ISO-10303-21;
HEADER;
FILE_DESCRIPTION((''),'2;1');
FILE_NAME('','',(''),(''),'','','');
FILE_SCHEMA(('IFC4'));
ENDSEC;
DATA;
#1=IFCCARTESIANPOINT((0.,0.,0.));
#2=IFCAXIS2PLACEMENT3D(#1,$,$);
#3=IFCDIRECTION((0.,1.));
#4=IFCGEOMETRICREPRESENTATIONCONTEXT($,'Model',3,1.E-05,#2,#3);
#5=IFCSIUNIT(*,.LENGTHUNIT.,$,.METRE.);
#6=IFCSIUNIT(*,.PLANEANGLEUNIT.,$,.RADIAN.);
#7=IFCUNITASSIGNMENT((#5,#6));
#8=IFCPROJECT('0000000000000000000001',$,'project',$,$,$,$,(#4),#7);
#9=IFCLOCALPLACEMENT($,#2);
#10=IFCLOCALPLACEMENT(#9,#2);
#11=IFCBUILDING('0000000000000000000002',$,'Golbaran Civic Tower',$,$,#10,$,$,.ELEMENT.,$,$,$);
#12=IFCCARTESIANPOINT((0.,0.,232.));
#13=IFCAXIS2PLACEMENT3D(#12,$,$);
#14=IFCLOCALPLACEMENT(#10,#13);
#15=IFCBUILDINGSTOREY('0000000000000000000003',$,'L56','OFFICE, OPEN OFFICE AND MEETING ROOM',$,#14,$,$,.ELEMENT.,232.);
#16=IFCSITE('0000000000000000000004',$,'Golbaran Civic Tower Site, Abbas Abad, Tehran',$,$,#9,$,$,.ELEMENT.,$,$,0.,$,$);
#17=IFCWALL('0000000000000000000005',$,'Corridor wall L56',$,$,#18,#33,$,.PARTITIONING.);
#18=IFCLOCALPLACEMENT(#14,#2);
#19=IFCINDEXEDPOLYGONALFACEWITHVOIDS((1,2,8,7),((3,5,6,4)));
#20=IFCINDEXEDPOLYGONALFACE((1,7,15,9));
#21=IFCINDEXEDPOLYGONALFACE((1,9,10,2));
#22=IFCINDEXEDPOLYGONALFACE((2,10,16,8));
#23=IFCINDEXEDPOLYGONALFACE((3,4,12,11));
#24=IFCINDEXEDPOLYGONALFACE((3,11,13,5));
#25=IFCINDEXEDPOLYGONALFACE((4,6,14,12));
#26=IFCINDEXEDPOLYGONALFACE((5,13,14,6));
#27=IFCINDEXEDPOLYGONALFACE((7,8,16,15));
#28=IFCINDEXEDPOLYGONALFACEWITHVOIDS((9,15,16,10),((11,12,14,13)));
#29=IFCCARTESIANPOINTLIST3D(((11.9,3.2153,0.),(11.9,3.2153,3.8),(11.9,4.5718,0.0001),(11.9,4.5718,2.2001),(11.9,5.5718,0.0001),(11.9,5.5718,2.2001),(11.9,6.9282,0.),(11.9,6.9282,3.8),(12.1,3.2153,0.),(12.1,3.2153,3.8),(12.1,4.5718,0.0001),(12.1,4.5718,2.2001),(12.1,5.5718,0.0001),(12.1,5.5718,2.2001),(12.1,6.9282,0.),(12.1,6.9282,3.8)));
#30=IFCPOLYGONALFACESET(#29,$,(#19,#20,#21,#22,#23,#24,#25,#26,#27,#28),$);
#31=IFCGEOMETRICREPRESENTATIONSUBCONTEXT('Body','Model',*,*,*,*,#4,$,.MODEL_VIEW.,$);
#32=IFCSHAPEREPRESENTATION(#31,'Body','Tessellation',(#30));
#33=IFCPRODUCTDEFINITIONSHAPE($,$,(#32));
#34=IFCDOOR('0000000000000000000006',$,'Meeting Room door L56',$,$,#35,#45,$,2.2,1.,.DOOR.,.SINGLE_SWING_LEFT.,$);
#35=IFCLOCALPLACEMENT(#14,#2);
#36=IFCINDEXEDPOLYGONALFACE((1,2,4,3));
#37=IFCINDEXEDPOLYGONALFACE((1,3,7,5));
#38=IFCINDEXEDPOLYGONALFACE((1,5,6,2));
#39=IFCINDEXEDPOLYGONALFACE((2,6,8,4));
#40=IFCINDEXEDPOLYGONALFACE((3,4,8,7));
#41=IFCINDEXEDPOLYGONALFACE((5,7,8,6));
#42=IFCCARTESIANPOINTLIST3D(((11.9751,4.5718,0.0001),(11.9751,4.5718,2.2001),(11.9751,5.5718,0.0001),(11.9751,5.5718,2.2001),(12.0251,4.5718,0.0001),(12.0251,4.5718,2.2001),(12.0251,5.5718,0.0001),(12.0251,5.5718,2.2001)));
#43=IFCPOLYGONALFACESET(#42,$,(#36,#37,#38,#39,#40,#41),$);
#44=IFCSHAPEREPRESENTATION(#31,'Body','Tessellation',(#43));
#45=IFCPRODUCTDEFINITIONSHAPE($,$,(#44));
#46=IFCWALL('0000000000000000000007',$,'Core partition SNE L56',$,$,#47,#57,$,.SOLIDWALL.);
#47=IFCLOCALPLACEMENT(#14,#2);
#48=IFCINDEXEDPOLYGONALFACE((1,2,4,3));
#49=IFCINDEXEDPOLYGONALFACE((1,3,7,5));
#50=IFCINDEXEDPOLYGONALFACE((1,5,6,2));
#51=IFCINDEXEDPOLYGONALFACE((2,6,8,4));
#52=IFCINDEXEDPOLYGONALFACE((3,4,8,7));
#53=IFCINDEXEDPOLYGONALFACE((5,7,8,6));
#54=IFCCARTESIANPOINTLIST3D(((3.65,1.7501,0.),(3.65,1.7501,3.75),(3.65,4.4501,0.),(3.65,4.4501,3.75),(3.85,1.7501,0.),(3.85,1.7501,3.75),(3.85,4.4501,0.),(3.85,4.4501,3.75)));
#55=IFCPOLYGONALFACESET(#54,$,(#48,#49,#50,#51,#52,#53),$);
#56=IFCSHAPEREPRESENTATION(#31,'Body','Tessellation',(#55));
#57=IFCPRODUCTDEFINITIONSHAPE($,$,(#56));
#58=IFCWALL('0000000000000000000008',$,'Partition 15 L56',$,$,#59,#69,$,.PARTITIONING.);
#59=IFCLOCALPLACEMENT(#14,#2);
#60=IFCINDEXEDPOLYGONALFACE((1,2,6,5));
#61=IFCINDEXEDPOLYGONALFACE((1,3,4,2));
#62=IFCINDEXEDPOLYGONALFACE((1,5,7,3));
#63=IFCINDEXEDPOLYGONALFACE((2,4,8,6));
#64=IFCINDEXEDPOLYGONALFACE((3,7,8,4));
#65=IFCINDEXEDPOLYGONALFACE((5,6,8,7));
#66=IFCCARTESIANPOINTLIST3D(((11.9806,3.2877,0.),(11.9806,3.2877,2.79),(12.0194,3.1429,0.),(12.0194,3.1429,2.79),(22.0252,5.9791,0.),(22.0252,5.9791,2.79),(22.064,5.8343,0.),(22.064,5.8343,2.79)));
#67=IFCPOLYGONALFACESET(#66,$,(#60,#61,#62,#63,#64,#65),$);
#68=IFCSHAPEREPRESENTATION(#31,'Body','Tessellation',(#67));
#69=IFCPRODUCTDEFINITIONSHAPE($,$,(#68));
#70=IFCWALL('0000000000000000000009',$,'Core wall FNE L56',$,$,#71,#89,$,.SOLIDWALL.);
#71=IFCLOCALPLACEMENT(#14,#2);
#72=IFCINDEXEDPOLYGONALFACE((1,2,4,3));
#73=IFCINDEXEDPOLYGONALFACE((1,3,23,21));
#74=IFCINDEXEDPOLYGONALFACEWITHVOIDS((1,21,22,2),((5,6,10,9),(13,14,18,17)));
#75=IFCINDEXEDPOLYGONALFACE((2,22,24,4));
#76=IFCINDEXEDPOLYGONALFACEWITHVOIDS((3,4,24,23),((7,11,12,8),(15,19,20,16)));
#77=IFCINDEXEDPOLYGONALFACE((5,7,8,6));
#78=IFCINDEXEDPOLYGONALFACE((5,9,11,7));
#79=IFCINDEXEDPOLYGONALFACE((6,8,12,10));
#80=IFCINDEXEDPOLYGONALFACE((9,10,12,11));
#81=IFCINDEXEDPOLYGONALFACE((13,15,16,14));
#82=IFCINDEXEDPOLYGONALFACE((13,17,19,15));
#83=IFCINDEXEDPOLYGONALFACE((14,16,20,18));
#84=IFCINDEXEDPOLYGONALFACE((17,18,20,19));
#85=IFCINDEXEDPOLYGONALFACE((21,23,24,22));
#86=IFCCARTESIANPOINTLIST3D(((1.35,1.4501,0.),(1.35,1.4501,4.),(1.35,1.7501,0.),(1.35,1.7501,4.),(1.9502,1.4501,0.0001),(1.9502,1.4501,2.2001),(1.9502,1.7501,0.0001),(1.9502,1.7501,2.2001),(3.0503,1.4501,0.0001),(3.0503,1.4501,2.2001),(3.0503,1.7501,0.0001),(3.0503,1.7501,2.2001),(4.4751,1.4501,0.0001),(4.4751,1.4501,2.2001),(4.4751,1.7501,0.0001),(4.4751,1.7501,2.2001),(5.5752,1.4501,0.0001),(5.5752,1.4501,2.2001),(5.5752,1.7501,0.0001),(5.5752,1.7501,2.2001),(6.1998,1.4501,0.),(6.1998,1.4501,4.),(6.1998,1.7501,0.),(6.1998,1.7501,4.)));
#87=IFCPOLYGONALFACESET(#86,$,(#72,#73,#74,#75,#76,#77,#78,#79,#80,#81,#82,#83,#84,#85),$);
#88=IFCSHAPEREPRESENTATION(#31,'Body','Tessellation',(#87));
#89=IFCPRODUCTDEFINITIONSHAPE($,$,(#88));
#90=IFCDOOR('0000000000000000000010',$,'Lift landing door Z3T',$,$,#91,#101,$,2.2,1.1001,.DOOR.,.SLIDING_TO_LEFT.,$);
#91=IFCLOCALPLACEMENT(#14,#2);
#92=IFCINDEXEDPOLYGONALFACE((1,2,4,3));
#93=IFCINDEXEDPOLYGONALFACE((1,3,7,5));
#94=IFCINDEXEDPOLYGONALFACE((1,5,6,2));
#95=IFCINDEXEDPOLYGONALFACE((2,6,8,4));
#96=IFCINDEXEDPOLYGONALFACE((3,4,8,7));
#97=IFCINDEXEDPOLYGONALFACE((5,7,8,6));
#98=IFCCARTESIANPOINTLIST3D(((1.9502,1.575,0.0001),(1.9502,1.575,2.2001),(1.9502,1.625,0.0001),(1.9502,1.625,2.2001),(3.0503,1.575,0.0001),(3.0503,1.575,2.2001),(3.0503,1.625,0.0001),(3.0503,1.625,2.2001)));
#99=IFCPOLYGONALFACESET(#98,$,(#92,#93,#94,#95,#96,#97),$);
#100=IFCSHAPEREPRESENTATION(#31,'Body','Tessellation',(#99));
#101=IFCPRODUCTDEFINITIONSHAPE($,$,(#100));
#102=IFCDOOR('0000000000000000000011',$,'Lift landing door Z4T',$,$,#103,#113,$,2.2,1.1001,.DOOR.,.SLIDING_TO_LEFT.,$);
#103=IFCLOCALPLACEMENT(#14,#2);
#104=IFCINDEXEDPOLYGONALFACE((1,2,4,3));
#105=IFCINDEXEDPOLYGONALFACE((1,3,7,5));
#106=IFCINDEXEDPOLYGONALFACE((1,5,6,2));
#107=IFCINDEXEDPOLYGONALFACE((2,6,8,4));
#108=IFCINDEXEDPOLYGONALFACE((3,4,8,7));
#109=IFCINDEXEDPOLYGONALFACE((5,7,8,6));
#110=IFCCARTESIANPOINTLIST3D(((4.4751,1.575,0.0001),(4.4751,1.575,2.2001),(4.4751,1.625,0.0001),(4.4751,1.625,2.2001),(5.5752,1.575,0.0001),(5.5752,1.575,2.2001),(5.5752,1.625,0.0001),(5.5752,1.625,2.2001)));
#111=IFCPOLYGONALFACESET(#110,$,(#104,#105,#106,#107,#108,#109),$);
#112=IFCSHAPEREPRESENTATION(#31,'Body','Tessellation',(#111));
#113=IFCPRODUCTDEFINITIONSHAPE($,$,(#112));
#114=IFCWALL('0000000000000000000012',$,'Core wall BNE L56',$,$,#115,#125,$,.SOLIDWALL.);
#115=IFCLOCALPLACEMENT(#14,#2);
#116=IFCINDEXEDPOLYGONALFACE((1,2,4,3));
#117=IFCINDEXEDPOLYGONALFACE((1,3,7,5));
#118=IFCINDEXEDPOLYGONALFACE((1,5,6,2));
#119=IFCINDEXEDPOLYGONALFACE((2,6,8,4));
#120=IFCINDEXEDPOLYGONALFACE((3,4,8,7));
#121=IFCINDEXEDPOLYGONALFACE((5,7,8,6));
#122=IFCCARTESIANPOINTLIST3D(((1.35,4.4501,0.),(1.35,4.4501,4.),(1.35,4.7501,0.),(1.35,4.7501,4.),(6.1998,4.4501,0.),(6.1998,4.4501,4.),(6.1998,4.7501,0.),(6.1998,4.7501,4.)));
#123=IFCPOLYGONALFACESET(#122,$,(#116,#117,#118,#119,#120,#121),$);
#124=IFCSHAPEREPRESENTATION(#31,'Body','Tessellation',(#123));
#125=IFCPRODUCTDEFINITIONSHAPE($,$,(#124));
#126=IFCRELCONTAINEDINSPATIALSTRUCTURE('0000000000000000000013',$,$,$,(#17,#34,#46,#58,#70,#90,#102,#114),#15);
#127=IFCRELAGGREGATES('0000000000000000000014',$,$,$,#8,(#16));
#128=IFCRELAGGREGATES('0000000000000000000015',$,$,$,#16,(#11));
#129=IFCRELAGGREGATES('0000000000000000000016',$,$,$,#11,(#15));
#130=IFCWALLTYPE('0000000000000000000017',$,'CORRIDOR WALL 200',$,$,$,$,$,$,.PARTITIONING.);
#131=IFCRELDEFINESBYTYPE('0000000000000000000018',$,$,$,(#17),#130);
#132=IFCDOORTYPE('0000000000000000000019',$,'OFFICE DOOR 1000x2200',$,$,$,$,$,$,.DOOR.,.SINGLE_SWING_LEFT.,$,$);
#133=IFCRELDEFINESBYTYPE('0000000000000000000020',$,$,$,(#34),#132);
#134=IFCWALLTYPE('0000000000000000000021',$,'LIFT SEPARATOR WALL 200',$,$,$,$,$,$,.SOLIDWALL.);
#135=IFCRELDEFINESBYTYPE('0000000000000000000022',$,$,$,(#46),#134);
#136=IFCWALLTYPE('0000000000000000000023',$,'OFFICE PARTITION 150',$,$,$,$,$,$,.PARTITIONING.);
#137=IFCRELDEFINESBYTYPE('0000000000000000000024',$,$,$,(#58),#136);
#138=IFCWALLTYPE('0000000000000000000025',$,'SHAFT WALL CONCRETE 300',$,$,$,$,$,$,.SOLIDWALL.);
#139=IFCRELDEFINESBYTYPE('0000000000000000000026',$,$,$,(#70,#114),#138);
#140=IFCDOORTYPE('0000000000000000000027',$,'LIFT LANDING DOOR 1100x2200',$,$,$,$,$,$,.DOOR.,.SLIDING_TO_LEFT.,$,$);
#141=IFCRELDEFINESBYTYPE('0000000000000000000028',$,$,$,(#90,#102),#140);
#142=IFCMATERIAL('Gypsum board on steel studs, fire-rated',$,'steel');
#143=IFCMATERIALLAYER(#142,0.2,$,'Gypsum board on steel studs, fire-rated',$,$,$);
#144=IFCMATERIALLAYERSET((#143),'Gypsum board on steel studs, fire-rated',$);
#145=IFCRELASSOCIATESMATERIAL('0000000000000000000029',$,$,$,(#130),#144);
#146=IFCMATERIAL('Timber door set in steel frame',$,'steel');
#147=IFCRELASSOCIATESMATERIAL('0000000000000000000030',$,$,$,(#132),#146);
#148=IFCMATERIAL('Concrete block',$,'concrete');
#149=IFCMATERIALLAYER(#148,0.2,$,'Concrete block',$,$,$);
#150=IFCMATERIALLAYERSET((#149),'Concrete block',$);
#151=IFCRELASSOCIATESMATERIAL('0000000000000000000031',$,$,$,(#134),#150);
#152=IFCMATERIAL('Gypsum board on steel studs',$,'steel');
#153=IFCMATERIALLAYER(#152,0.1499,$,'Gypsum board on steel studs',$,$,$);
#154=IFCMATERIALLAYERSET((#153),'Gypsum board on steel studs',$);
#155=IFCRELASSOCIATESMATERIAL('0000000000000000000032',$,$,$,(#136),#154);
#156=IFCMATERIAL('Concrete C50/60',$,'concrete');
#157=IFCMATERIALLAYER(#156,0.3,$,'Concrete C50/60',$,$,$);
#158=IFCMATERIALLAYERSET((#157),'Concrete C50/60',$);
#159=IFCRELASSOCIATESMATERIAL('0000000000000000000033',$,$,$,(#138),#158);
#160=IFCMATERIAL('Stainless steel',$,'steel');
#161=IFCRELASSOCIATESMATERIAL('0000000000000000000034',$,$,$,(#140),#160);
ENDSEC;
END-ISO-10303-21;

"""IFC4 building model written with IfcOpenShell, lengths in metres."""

from ifc_helpers import new_model, si_unit, direction, frame, frame_2d, origin, place, context, subcontext, project, spatial, rectangle, extrude, material, layer, layer_set, type_object, element, fill, save


model = new_model("IFC4")

# Units and contexts
model_context = context("Model", 3, precision=1e-05, world=origin(), true_north=direction((0.0, 1.0)))
body_context = subcontext(model_context, "Body", "Model", "MODEL_VIEW")
ifc_project = project(units=[si_unit("LENGTHUNIT", "METRE"), si_unit("PLANEANGLEUNIT", "RADIAN")], contexts=[model_context])

# Site, building, storey
site_placement = place(None, origin())
site = spatial("IfcSite", under=ifc_project, at=site_placement, Name="Golbaran Civic Tower Site, Abbas Abad, Tehran", CompositionType="ELEMENT", RefElevation=0.0)
building_placement = place(site_placement, origin())
building = spatial("IfcBuilding", under=site, at=building_placement, Name="Golbaran Civic Tower", CompositionType="ELEMENT")
storey_placement = place(building_placement, frame((0.0, 0.0, 232.0)))
storey = spatial("IfcBuildingStorey", under=building, at=storey_placement, Name="L56", Description="OFFICE, OPEN OFFICE AND MEETING ROOM", CompositionType="ELEMENT", Elevation=232.0)

# Shared definitions
ifc_material_1 = material(Name="Concrete block", Category="concrete")
ifc_material_2 = material(Name="Timber door set in steel frame", Category="steel")

# Wall, opening, door
ifc_material_3 = material(Name="Gypsum board on steel studs, fire-rated", Category="steel")
ifc_layer_1 = layer(ifc_material_3, 0.2, Name="Gypsum board on steel studs, fire-rated")
ifc_layer_set_1 = layer_set([ifc_layer_1], Name="Gypsum board on steel studs, fire-rated")
wall_type_1 = type_object("IfcWallType", Name="CORRIDOR WALL 200", PredefinedType="PARTITIONING", material=ifc_layer_set_1)
wall_1_placement = place(storey_placement, frame((12.0, 3.2153, 0.0), z_axis=(0.0, 0.0, 1.0), x_axis=(0.0, 1.0, 0.0)))
wall_1 = element("IfcWall", 1, at=wall_1_placement, inside=storey, type_object=wall_type_1, Name="Corridor wall L56", PredefinedType="PARTITIONING", context=body_context, shape_type="SweptSolid", body=[
    extrude(rectangle(XDim=3.7129, YDim=0.2, at=frame_2d((1.8564, 0.0))), origin(), (0.0, 0.0, 1.0), 3.8),
])
opening_1_placement = place(wall_1_placement, frame((1.3564, 0.0, 0.0)))
opening_1 = element("IfcOpeningElement", 2, at=opening_1_placement, cuts=wall_1, PredefinedType="OPENING", context=body_context, shape_type="SweptSolid", body=[
    extrude(rectangle(XDim=1.0, YDim=2.2, at=frame_2d((0.5, 1.1001))), frame((0.0, 0.1099, 0.0), z_axis=(0.0, -1.0, 0.0), x_axis=(1.0, 0.0, 0.0)), (0.0, 0.0, 1.0), 0.22),
])
door_type_1 = type_object("IfcDoorType", Name="OFFICE DOOR 1000x2200", OperationType="SINGLE_SWING_LEFT", PredefinedType="DOOR", material=ifc_material_2)
door_1_placement = place(opening_1_placement, origin())
door_1 = element("IfcDoor", 3, at=door_1_placement, inside=storey, type_object=door_type_1, Name="Meeting Room door L56", OperationType="SINGLE_SWING_LEFT", OverallHeight=2.2, OverallWidth=1.0, PredefinedType="DOOR", context=body_context, shape_type="SweptSolid", body=[
    extrude(rectangle(XDim=1.0, YDim=2.2, at=frame_2d((0.5, 1.1001))), frame((0.0, 0.0249, 0.0), z_axis=(0.0, -1.0, 0.0), x_axis=(1.0, 0.0, 0.0)), (0.0, 0.0, 1.0), 0.05),
])
fill(opening_1, door_1)

# Walls
ifc_layer_2 = layer(ifc_material_1, 0.2, Name="Concrete block")
ifc_layer_set_2 = layer_set([ifc_layer_2], Name="Concrete block")
wall_type_2 = type_object("IfcWallType", Name="LIFT SEPARATOR WALL 200", PredefinedType="SOLIDWALL", material=ifc_layer_set_2)
wall_2_placement = place(storey_placement, frame((3.75, 1.75, 0.0), z_axis=(0.0, 0.0, 1.0), x_axis=(0.0, 1.0, 0.0)))
element("IfcWall", 4, at=wall_2_placement, inside=storey, type_object=wall_type_2, Name="Core partition SNE L56", PredefinedType="SOLIDWALL", context=body_context, shape_type="SweptSolid", body=[
    extrude(rectangle(XDim=2.7, YDim=0.2, at=frame_2d((1.3501, 0.0))), origin(), (0.0, 0.0, 1.0), 3.75),
])
ifc_material_4 = material(Name="Gypsum board on steel studs", Category="steel")
ifc_layer_3 = layer(ifc_material_4, 0.1499, Name="Gypsum board on steel studs")
ifc_layer_set_3 = layer_set([ifc_layer_3], Name="Gypsum board on steel studs")
wall_type_3 = type_object("IfcWallType", Name="OFFICE PARTITION 150", PredefinedType="PARTITIONING", material=ifc_layer_set_3)
wall_3_placement = place(storey_placement, frame((12.0, 3.2153, 0.0), z_axis=(0.0, 0.0, 1.0), x_axis=(0.965927, 0.258814, 0.0)))
element("IfcWall", 5, at=wall_3_placement, inside=storey, type_object=wall_type_3, Name="Partition 15 L56", PredefinedType="PARTITIONING", context=body_context, shape_type="SweptSolid", body=[
    extrude(rectangle(XDim=10.3989, YDim=0.1499, at=frame_2d((5.1995, 0.0))), origin(), (0.0, 0.0, 1.0), 2.79),
])

# Wall, openings, doors
ifc_material_5 = material(Name="Concrete C50/60", Category="concrete")
ifc_layer_4 = layer(ifc_material_5, 0.3, Name="Concrete C50/60")
ifc_layer_set_4 = layer_set([ifc_layer_4], Name="Concrete C50/60")
wall_type_4 = type_object("IfcWallType", Name="SHAFT WALL CONCRETE 300", PredefinedType="SOLIDWALL", material=ifc_layer_set_4)
wall_4_placement = place(storey_placement, frame((1.3501, 1.6001, 0.0), z_axis=(0.0, 0.0, 1.0), x_axis=(1.0, 0.0, 0.0)))
wall_4 = element("IfcWall", 6, at=wall_4_placement, inside=storey, type_object=wall_type_4, Name="Core wall FNE L56", PredefinedType="SOLIDWALL", context=body_context, shape_type="SweptSolid", body=[
    extrude(rectangle(XDim=4.8499, YDim=0.3, at=frame_2d((2.4248, 0.0))), origin(), (0.0, 0.0, 1.0), 4.0),
])
opening_2_placement = place(wall_4_placement, frame((0.6001, 0.0, 0.0)))
opening_2 = element("IfcOpeningElement", 7, at=opening_2_placement, cuts=wall_4, PredefinedType="OPENING", context=body_context, shape_type="SweptSolid", body=[
    extrude(rectangle(XDim=1.1001, YDim=2.2, at=frame_2d((0.55, 1.1001))), frame((0.0, 0.1599, 0.0), z_axis=(0.0, -1.0, 0.0), x_axis=(1.0, 0.0, 0.0)), (0.0, 0.0, 1.0), 0.3201),
])
opening_3_placement = place(wall_4_placement, frame((3.125, 0.0, 0.0)))
opening_3 = element("IfcOpeningElement", 8, at=opening_3_placement, cuts=wall_4, PredefinedType="OPENING", context=body_context, shape_type="SweptSolid", body=[
    extrude(rectangle(XDim=1.1001, YDim=2.2, at=frame_2d((0.55, 1.1001))), frame((0.0, 0.1599, 0.0), z_axis=(0.0, -1.0, 0.0), x_axis=(1.0, 0.0, 0.0)), (0.0, 0.0, 1.0), 0.3201),
])
ifc_material_6 = material(Name="Stainless steel", Category="steel")
door_type_2 = type_object("IfcDoorType", Name="LIFT LANDING DOOR 1100x2200", OperationType="SLIDING_TO_LEFT", PredefinedType="DOOR", material=ifc_material_6)
door_2_placement = place(opening_2_placement, origin())
door_2 = element("IfcDoor", 9, at=door_2_placement, inside=storey, type_object=door_type_2, Name="Lift landing door Z3T", OperationType="SLIDING_TO_LEFT", OverallHeight=2.2, OverallWidth=1.1001, PredefinedType="DOOR", context=body_context, shape_type="SweptSolid", body=[
    extrude(rectangle(XDim=1.1001, YDim=2.2, at=frame_2d((0.55, 1.1001))), frame((0.0, 0.0249, 0.0), z_axis=(0.0, -1.0, 0.0), x_axis=(1.0, 0.0, 0.0)), (0.0, 0.0, 1.0), 0.05),
])
fill(opening_2, door_2)
door_3_placement = place(opening_3_placement, origin())
door_3 = element("IfcDoor", 10, at=door_3_placement, inside=storey, type_object=door_type_2, Name="Lift landing door Z4T", OperationType="SLIDING_TO_LEFT", OverallHeight=2.2, OverallWidth=1.1001, PredefinedType="DOOR", context=body_context, shape_type="SweptSolid", body=[
    extrude(rectangle(XDim=1.1001, YDim=2.2, at=frame_2d((0.55, 1.1001))), frame((0.0, 0.0249, 0.0), z_axis=(0.0, -1.0, 0.0), x_axis=(1.0, 0.0, 0.0)), (0.0, 0.0, 1.0), 0.05),
])
fill(opening_3, door_3)

# Wall
wall_5_placement = place(storey_placement, frame((1.3501, 4.6001, 0.0), z_axis=(0.0, 0.0, 1.0), x_axis=(1.0, 0.0, 0.0)))
element("IfcWall", 11, at=wall_5_placement, inside=storey, type_object=wall_type_4, Name="Core wall BNE L56", PredefinedType="SOLIDWALL", context=body_context, shape_type="SweptSolid", body=[
    extrude(rectangle(XDim=4.8499, YDim=0.3, at=frame_2d((2.4248, 0.0))), origin(), (0.0, 0.0, 1.0), 4.0),
])

save(model, "model.ifc")
